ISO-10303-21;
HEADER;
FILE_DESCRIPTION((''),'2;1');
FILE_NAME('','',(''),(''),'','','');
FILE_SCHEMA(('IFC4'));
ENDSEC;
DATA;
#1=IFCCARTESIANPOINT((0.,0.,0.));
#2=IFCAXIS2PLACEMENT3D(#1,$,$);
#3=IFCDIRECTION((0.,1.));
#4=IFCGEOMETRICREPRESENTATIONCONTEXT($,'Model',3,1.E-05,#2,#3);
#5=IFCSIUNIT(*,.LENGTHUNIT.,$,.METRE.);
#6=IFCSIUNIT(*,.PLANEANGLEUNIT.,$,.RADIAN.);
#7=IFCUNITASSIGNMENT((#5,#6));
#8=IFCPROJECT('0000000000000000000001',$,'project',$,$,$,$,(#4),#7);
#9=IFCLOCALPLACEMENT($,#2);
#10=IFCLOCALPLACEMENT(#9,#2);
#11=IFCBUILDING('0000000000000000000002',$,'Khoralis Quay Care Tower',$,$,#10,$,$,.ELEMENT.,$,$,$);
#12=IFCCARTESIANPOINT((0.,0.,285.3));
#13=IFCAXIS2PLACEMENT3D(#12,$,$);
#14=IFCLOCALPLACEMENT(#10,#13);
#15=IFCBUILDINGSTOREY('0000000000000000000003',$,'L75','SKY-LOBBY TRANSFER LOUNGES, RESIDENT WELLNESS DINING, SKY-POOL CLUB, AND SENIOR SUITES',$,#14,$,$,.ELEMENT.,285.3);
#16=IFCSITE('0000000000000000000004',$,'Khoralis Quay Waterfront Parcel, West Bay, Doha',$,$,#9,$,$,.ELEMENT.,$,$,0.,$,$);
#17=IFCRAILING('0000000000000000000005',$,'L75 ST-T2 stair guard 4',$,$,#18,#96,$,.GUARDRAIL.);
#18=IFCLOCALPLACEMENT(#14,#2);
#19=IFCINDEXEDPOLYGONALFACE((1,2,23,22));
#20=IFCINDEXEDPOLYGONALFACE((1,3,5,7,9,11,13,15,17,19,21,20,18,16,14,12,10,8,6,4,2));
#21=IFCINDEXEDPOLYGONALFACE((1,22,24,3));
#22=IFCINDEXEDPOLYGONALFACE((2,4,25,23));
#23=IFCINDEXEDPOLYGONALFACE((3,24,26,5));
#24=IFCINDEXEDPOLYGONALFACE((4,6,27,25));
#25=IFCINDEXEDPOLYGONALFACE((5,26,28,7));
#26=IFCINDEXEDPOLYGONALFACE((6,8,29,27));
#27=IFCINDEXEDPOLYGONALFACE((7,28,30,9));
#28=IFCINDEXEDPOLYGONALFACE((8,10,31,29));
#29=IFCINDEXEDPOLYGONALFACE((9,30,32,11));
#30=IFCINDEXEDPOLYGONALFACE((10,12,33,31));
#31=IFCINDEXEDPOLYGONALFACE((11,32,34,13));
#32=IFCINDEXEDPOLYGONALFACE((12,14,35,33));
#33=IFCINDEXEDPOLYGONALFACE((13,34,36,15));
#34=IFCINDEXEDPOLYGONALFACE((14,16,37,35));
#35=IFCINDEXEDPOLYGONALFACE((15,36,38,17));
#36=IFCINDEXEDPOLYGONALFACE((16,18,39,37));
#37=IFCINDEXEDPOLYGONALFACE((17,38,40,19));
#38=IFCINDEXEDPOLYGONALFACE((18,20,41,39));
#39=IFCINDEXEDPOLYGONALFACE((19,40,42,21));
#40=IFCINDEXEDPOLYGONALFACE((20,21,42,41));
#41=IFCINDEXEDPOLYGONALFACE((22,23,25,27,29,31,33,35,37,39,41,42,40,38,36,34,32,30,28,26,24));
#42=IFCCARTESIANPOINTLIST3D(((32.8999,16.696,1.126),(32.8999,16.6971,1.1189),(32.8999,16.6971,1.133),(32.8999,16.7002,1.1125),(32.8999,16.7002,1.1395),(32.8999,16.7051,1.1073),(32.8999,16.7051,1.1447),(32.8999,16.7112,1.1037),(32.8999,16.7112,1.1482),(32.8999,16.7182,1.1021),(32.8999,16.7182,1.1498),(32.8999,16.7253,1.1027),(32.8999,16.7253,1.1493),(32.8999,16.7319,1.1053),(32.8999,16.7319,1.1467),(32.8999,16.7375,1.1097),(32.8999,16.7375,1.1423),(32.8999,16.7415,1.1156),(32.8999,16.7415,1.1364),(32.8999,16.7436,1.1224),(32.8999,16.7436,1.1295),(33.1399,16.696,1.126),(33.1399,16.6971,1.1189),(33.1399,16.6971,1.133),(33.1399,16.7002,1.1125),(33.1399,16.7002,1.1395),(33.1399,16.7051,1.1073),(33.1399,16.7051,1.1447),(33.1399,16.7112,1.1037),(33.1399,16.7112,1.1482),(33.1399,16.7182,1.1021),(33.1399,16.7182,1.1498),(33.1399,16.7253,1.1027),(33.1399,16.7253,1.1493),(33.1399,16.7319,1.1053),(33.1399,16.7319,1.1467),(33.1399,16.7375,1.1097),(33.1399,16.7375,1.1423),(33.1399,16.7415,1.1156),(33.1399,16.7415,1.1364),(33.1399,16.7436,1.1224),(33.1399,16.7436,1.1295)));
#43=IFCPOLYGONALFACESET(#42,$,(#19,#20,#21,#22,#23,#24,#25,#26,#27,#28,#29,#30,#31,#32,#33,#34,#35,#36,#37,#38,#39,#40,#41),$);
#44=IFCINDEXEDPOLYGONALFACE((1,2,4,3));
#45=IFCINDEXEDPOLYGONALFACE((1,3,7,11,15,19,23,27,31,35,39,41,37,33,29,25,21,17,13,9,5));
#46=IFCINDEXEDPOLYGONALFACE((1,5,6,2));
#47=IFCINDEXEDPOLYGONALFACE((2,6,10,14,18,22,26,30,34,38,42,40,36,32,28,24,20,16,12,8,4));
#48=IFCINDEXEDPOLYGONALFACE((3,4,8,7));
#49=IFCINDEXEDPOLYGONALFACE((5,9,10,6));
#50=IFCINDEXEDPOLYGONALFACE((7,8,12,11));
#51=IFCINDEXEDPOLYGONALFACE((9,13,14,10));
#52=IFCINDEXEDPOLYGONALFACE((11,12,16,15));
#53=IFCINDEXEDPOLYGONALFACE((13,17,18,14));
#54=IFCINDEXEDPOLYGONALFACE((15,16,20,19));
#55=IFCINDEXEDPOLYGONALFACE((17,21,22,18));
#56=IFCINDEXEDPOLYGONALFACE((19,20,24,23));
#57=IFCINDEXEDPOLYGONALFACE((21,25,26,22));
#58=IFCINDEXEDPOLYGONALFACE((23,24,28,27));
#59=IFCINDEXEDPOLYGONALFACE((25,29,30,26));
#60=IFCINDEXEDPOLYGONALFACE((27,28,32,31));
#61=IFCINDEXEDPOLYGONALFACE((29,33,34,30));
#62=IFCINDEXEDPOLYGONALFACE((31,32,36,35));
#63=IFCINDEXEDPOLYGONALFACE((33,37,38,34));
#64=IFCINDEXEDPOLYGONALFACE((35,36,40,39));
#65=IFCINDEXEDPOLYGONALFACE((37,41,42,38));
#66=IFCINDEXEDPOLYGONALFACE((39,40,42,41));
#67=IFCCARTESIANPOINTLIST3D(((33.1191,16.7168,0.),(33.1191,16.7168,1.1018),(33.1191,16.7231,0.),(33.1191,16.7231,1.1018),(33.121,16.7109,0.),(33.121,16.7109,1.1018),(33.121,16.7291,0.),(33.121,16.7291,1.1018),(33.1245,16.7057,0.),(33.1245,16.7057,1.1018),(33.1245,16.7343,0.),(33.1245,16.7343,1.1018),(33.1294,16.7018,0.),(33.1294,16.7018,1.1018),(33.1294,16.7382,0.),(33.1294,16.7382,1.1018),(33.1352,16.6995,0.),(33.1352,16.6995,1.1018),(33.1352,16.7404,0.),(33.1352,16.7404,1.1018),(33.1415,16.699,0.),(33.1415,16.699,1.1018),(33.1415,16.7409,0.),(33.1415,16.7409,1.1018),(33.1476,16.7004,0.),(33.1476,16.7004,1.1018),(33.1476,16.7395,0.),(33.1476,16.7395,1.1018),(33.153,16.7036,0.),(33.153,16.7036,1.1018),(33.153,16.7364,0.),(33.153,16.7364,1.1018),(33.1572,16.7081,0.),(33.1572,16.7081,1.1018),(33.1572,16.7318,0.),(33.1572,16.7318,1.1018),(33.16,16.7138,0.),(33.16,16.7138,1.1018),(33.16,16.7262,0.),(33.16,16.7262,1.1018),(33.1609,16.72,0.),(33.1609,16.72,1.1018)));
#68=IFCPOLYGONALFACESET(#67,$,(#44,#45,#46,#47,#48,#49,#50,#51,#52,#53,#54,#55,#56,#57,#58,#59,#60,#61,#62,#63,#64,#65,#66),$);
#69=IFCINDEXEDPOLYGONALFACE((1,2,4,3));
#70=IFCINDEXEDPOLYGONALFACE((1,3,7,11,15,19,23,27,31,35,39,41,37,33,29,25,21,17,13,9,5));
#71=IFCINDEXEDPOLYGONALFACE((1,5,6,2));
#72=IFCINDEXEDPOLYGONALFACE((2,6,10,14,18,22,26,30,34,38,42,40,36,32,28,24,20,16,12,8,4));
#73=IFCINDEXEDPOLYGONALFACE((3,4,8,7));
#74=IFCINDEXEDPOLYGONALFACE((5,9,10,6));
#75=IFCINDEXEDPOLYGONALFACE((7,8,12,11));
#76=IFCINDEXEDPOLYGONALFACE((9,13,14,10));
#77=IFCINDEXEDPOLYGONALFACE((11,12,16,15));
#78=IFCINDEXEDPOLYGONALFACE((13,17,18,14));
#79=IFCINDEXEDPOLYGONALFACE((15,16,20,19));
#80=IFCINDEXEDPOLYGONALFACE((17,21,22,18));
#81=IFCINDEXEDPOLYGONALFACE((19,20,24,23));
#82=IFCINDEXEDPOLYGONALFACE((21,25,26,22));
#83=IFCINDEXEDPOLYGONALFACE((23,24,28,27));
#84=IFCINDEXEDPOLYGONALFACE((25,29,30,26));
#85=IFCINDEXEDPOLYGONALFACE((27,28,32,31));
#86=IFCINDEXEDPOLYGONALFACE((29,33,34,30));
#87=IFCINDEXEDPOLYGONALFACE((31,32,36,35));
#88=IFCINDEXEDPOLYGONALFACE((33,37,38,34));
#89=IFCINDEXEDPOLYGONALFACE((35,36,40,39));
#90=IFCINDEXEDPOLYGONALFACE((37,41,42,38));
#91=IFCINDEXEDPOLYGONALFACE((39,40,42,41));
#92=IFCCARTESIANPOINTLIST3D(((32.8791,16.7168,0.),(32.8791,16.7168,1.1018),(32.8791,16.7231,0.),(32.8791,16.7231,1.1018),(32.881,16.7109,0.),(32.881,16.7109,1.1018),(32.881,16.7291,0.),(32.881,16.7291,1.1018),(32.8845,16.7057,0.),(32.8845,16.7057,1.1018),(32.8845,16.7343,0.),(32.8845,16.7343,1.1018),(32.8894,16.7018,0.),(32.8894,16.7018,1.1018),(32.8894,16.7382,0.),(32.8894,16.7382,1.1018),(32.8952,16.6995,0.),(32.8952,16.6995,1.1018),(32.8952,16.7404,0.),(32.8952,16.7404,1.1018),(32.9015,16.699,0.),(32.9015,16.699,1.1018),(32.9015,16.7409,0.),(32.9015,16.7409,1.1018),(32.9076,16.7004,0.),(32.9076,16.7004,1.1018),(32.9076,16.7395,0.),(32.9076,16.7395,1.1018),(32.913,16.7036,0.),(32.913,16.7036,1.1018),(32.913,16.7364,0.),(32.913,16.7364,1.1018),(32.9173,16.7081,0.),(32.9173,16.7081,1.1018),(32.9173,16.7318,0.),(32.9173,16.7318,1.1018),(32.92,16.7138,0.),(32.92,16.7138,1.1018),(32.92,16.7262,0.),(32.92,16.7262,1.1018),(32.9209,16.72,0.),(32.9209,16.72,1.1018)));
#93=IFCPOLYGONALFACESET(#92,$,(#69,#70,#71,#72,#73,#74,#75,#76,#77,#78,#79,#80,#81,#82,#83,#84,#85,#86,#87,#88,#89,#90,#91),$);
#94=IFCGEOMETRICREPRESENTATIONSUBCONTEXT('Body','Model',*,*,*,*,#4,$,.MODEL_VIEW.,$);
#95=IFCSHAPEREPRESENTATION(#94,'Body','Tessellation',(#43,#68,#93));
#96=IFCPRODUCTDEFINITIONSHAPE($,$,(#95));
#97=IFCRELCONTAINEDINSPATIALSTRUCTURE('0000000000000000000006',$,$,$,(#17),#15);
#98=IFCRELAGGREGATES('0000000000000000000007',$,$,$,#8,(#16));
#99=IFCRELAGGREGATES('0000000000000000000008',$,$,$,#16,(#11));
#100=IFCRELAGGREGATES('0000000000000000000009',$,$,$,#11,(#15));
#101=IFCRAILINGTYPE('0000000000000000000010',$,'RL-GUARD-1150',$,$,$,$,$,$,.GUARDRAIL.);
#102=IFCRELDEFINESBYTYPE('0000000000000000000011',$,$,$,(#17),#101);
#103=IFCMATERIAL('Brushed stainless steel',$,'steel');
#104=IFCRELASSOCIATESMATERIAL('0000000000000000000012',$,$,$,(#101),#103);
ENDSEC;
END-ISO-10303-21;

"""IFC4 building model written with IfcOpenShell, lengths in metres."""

from ifc_helpers import new_model, si_unit, direction, frame, origin, origin_2d, place, context, subcontext, project, spatial, circle, extrude, material, type_object, element, save


model = new_model("IFC4")

# Units and contexts
model_context = context("Model", 3, precision=1e-05, world=origin(), true_north=direction((0.0, 1.0)))
body_context = subcontext(model_context, "Body", "Model", "MODEL_VIEW")
ifc_project = project(units=[si_unit("LENGTHUNIT", "METRE"), si_unit("PLANEANGLEUNIT", "RADIAN")], contexts=[model_context])

# Site, building, storey
site_placement = place(None, origin())
site = spatial("IfcSite", under=ifc_project, at=site_placement, Name="Khoralis Quay Waterfront Parcel, West Bay, Doha", CompositionType="ELEMENT", RefElevation=0.0)
building_placement = place(site_placement, origin())
building = spatial("IfcBuilding", under=site, at=building_placement, Name="Khoralis Quay Care Tower", CompositionType="ELEMENT")
storey_placement = place(building_placement, frame((0.0, 0.0, 285.3)))
storey = spatial("IfcBuildingStorey", under=building, at=storey_placement, Name="L75", Description="SKY-LOBBY TRANSFER LOUNGES, RESIDENT WELLNESS DINING, SKY-POOL CLUB, AND SENIOR SUITES", CompositionType="ELEMENT", Elevation=285.3)

# Shared definitions
ifc_material_1 = material(Name="Brushed stainless steel", Category="steel")

# Railing
railing_type_1 = type_object("IfcRailingType", Name="RL-GUARD-1150", PredefinedType="GUARDRAIL", material=ifc_material_1)
railing_1_placement = place(storey_placement, frame((33.1399, 16.72, 0.0)))
element("IfcRailing", 1, at=railing_1_placement, inside=storey, type_object=railing_type_1, Name="L75 ST-T2 stair guard 4", PredefinedType="GUARDRAIL", context=body_context, shape_type="SweptSolid", body=[
    extrude(circle(Radius=0.0239, at=origin_2d()), frame((0.0, 0.0, 1.126), z_axis=(-1.0, 0.0, 0.0), x_axis=(0.0, -1.0, 0.0)), (0.0, 0.0, 1.0), 0.24),
    extrude(circle(Radius=0.021, at=origin_2d()), origin(), (0.0, 0.0, 1.0), 1.1018),
    extrude(circle(Radius=0.021, at=origin_2d()), frame((-0.24, 0.0, 0.0)), (0.0, 0.0, 1.0), 1.1018),
])

save(model, "model.ifc")
